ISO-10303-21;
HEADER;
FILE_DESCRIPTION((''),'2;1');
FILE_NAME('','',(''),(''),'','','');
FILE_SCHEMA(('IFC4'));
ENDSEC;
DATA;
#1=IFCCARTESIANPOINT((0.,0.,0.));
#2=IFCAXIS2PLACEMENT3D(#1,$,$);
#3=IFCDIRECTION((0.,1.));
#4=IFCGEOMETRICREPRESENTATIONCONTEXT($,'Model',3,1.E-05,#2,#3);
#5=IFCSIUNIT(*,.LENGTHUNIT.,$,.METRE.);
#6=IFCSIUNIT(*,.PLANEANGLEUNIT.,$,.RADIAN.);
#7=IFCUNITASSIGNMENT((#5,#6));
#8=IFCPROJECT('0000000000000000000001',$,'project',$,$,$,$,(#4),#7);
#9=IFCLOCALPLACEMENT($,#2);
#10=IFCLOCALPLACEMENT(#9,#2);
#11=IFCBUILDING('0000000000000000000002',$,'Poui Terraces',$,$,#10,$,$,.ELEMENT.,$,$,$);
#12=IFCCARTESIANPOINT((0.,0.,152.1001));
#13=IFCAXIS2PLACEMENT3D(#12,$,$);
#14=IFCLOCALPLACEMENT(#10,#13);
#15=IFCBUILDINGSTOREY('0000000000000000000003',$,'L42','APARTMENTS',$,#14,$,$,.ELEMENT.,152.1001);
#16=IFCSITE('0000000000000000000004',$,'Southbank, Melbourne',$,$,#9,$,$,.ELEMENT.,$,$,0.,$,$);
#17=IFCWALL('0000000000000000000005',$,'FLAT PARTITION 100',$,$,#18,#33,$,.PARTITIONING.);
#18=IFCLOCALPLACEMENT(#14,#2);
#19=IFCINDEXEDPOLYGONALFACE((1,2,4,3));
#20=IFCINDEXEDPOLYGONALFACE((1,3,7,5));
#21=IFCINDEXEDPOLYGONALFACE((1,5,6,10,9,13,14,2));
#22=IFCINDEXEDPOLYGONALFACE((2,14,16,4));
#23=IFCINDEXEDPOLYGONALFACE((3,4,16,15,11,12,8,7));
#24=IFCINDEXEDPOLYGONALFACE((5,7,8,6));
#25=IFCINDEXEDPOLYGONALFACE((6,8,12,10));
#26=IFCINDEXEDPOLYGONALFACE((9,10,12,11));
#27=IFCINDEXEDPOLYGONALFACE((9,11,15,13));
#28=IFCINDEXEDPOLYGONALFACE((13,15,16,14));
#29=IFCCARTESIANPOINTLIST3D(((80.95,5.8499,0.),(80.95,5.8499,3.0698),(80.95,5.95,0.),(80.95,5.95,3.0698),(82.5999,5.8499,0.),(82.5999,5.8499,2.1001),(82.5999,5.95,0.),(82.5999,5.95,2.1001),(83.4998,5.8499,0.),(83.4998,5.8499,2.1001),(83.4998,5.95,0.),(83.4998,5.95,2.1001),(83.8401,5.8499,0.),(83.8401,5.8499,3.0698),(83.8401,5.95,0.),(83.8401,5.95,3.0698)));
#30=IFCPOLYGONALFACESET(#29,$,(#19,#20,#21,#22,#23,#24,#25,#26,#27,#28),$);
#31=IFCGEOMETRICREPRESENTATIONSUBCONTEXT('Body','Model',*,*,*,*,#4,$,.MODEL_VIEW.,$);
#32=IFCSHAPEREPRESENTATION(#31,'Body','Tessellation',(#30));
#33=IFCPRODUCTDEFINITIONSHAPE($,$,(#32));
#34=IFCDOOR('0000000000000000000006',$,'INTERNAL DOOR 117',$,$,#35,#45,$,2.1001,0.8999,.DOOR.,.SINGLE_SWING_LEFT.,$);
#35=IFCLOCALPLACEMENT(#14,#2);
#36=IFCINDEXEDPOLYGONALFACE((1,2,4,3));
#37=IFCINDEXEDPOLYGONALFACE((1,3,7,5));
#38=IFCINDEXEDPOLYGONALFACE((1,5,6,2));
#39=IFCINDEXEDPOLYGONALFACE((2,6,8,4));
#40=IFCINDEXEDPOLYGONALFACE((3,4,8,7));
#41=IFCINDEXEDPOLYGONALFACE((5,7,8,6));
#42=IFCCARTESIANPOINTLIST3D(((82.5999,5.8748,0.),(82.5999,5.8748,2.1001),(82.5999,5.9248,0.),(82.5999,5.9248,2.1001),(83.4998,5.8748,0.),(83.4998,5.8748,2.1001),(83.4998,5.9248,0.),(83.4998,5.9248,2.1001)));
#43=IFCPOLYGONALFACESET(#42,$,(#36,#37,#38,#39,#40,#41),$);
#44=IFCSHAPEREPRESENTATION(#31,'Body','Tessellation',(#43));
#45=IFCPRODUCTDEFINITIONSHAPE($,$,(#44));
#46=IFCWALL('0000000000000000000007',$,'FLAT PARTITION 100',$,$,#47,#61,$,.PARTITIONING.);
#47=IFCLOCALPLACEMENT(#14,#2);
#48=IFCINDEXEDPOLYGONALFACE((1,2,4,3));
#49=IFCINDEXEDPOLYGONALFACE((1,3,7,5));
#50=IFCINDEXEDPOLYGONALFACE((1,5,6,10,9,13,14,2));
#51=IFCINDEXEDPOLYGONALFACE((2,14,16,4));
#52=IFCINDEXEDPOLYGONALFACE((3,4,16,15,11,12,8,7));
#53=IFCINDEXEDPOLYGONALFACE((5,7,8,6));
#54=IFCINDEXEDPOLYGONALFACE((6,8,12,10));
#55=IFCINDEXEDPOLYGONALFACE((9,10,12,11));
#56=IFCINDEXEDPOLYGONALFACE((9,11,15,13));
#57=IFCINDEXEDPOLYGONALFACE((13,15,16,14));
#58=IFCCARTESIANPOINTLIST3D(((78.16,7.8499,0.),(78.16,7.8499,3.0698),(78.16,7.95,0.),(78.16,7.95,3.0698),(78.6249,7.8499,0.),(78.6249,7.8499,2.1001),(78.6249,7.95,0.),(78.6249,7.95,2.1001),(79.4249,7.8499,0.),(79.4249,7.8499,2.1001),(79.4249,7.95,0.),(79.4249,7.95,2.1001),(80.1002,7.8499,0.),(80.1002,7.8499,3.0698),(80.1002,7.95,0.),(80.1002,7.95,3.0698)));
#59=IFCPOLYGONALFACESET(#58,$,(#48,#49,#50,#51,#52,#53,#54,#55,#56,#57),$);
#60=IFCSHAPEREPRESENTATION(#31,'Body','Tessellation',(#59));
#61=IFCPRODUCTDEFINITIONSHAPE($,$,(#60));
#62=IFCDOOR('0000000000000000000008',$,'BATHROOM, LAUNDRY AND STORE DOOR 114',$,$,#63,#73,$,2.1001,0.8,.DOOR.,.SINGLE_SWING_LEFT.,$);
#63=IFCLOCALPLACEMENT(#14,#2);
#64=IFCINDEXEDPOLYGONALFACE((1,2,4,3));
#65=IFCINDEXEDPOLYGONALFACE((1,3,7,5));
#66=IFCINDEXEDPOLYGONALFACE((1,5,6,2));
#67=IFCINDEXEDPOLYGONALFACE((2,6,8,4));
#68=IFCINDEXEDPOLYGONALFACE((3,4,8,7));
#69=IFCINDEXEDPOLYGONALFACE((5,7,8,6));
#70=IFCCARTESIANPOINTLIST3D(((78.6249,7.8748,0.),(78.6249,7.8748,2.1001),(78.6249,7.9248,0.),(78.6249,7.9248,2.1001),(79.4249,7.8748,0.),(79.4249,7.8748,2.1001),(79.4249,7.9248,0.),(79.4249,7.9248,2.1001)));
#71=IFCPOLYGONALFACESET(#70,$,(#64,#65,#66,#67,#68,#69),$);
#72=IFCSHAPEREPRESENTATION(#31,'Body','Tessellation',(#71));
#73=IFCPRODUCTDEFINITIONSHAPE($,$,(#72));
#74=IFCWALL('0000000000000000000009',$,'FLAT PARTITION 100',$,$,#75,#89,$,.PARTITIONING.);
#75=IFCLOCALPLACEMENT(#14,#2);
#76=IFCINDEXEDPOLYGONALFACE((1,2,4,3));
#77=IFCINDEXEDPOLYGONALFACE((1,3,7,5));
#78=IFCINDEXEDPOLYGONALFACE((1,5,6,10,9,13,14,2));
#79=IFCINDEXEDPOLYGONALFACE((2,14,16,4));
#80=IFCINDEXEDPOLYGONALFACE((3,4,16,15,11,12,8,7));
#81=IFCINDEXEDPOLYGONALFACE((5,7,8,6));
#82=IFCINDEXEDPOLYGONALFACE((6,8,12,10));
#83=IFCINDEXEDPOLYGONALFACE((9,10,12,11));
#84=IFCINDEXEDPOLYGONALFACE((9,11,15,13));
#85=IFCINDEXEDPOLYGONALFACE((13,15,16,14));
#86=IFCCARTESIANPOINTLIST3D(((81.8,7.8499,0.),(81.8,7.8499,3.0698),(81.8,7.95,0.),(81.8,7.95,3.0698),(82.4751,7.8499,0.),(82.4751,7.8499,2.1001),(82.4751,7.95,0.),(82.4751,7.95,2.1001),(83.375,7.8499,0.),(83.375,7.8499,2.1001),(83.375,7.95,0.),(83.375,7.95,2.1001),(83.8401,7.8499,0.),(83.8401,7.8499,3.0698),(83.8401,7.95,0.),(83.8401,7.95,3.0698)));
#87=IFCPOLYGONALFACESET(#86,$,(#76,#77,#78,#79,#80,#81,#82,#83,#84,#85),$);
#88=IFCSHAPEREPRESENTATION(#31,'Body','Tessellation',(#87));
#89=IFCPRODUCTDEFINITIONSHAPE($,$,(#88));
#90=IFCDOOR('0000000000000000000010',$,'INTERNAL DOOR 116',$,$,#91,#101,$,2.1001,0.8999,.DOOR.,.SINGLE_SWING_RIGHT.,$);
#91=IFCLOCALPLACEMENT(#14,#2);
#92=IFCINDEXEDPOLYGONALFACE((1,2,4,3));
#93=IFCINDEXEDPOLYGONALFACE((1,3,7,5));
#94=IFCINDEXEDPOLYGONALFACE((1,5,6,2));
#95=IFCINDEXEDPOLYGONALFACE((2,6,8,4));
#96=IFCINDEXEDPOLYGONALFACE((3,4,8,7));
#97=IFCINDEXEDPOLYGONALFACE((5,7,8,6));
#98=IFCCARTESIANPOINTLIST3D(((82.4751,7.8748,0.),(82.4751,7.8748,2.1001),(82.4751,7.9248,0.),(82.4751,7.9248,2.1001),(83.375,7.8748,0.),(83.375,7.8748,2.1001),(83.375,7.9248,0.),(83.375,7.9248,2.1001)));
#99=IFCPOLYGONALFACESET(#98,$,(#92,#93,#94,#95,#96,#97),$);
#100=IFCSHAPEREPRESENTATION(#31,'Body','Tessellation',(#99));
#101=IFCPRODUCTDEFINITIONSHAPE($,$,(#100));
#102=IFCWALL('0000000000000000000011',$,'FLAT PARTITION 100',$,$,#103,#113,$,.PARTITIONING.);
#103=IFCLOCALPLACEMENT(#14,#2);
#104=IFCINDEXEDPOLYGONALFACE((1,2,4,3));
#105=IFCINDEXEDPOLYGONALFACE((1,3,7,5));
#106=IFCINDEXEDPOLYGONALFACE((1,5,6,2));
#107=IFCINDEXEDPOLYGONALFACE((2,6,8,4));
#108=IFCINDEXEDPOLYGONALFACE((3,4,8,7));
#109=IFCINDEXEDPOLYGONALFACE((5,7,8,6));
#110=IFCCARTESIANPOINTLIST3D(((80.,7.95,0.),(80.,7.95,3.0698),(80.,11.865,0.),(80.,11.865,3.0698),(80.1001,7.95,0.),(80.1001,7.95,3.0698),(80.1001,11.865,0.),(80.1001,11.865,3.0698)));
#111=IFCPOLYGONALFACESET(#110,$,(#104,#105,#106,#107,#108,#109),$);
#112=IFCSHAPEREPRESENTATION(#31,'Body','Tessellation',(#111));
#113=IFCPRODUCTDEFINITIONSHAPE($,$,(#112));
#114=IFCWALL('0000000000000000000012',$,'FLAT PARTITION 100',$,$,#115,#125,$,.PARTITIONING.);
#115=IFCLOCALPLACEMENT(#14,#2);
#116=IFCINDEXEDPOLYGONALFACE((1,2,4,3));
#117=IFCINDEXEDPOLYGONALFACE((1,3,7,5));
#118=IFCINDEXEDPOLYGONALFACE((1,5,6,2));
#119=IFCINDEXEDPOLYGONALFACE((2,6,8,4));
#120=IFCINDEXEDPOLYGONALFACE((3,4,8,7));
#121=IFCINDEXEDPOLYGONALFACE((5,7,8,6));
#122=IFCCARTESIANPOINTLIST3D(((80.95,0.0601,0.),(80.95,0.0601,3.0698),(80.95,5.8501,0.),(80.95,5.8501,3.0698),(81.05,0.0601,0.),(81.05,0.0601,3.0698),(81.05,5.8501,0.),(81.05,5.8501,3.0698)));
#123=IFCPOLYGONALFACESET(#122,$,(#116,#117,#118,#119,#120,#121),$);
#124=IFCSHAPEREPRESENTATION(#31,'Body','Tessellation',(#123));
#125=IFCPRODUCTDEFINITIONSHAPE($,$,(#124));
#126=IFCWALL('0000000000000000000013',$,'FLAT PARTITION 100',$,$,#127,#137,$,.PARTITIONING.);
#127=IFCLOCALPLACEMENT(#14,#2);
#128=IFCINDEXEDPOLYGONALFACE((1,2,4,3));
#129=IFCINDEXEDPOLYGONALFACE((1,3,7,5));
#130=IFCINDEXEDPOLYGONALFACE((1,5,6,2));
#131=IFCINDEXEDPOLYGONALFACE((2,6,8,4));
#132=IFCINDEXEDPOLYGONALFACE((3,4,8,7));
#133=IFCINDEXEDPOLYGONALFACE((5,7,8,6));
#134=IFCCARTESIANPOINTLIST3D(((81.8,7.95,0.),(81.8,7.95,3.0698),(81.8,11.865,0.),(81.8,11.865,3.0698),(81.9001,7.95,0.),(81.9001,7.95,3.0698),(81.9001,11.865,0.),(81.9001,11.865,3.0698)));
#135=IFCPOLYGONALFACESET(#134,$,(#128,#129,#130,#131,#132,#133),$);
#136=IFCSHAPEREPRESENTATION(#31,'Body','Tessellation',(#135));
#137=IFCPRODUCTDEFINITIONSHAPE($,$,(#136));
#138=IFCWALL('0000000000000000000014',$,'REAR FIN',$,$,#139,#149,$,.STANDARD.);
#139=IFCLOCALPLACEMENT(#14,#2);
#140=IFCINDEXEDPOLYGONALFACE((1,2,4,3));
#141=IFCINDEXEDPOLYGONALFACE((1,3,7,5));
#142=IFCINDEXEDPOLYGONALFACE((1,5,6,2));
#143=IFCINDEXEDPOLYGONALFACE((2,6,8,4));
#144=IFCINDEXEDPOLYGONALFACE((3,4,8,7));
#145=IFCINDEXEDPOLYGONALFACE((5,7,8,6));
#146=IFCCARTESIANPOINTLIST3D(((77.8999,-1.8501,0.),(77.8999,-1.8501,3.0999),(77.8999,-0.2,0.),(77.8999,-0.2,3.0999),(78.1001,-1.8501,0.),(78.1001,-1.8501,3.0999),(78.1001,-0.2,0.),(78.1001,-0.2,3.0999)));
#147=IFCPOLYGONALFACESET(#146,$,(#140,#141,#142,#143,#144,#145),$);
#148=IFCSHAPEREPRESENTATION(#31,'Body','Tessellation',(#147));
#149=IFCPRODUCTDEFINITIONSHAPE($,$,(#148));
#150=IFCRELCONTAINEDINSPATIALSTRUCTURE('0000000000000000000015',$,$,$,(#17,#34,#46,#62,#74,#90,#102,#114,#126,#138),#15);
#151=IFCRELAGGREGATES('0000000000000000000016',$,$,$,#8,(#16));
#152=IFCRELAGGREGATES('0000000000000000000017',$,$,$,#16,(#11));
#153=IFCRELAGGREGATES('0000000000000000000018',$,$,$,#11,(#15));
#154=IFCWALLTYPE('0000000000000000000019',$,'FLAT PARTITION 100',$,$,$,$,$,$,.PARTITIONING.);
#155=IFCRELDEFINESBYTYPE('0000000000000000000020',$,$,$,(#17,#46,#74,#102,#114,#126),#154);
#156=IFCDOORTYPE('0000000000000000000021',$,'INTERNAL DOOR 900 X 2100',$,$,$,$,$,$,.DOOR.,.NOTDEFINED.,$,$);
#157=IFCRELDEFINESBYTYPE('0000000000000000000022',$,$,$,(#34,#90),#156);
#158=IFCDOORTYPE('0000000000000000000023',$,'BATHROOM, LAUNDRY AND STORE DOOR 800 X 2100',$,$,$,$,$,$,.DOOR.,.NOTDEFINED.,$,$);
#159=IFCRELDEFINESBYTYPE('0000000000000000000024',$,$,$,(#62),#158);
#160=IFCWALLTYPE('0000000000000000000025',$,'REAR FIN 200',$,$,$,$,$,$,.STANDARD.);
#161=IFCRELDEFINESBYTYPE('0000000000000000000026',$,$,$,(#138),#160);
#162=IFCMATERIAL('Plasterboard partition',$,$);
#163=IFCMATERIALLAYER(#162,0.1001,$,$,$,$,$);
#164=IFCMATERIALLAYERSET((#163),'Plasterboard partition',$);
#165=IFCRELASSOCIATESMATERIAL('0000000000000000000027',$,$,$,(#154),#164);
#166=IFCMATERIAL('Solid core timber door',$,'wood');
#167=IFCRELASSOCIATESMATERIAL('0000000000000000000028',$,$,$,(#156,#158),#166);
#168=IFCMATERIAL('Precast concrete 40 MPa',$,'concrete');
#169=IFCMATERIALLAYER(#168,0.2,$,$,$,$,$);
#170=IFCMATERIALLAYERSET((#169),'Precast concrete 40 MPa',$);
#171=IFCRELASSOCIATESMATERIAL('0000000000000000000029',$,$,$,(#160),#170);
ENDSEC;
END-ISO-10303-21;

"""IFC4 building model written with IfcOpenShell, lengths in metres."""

from ifc_helpers import new_model, si_unit, direction, frame, frame_2d, origin, place, context, subcontext, project, spatial, polyline, rectangle, outline, extrude, source, transform, mapped, material, layer, layer_set, type_object, element, fill, save


model = new_model("IFC4")

# Units and contexts
model_context = context("Model", 3, precision=1e-05, world=origin(), true_north=direction((0.0, 1.0)))
body_context = subcontext(model_context, "Body", "Model", "MODEL_VIEW")
ifc_project = project(units=[si_unit("LENGTHUNIT", "METRE"), si_unit("PLANEANGLEUNIT", "RADIAN")], contexts=[model_context])

# Site, building, storey
site_placement = place(None, origin())
site = spatial("IfcSite", under=ifc_project, at=site_placement, Name="Southbank, Melbourne", CompositionType="ELEMENT", RefElevation=0.0)
building_placement = place(site_placement, origin())
building = spatial("IfcBuilding", under=site, at=building_placement, Name="Poui Terraces", CompositionType="ELEMENT")
storey_placement = place(building_placement, frame((0.0, 0.0, 152.1001)))
storey = spatial("IfcBuildingStorey", under=building, at=storey_placement, Name="L42", Description="APARTMENTS", CompositionType="ELEMENT", Elevation=152.1001)

# Walls, openings, doors
ifc_material_1 = material(Name="Plasterboard partition")
ifc_layer_1 = layer(ifc_material_1, 0.1001)
ifc_layer_set_1 = layer_set([ifc_layer_1], Name="Plasterboard partition")
wall_type_1 = type_object("IfcWallType", Name="FLAT PARTITION 100", PredefinedType="PARTITIONING", material=ifc_layer_set_1)
wall_1_placement = place(storey_placement, frame((80.95, 5.8999, 0.0), z_axis=(0.0, 0.0, 1.0), x_axis=(1.0, 0.0, 0.0)))
wall_1 = element("IfcWall", 1, at=wall_1_placement, inside=storey, type_object=wall_type_1, Name="FLAT PARTITION 100", PredefinedType="PARTITIONING", context=body_context, shape_type="SweptSolid", body=[
    extrude(rectangle(XDim=2.8901, YDim=0.1001, at=frame_2d((1.4451, 0.0))), origin(), (0.0, 0.0, 1.0), 3.0698),
])
opening_1_placement = place(wall_1_placement, frame((1.6499, 0.0, 0.0)))
opening_1 = element("IfcOpeningElement", 2, at=opening_1_placement, cuts=wall_1, PredefinedType="OPENING", context=body_context, shape_type="SweptSolid", body=[
    extrude(rectangle(XDim=0.8999, YDim=2.1001, at=frame_2d((0.45, 1.05))), frame((0.0, 0.0601, 0.0), z_axis=(0.0, -1.0, 0.0), x_axis=(1.0, 0.0, 0.0)), (0.0, 0.0, 1.0), 0.1201),
])
ifc_material_2 = material(Name="Solid core timber door", Category="wood")
door_type_1 = type_object("IfcDoorType", Name="INTERNAL DOOR 900 X 2100", OperationType="NOTDEFINED", PredefinedType="DOOR", material=ifc_material_2)
door_1_placement = place(opening_1_placement, origin())
door_1 = element("IfcDoor", 3, at=door_1_placement, inside=storey, type_object=door_type_1, Name="INTERNAL DOOR 117", OperationType="SINGLE_SWING_LEFT", OverallHeight=2.1001, OverallWidth=0.8999, PredefinedType="DOOR", context=body_context, shape_type="SweptSolid", body=[
    extrude(rectangle(XDim=0.8999, YDim=2.1001, at=frame_2d((0.45, 1.05))), frame((0.0, 0.0249, 0.0), z_axis=(0.0, -1.0, 0.0), x_axis=(1.0, 0.0, 0.0)), (0.0, 0.0, 1.0), 0.05),
])
fill(opening_1, door_1)
wall_2_placement = place(storey_placement, frame((78.1599, 7.8999, 0.0), z_axis=(0.0, 0.0, 1.0), x_axis=(1.0, 0.0, 0.0)))
wall_2 = element("IfcWall", 4, at=wall_2_placement, inside=storey, type_object=wall_type_1, Name="FLAT PARTITION 100", PredefinedType="PARTITIONING", context=body_context, shape_type="SweptSolid", body=[
    extrude(rectangle(XDim=1.9402, YDim=0.1001, at=frame_2d((0.9702, 0.0))), origin(), (0.0, 0.0, 1.0), 3.0698),
])
opening_2_placement = place(wall_2_placement, frame((0.4651, 0.0, 0.0)))
opening_2 = element("IfcOpeningElement", 5, at=opening_2_placement, cuts=wall_2, PredefinedType="OPENING", context=body_context, shape_type="SweptSolid", body=[
    extrude(rectangle(XDim=0.8, YDim=2.1001, at=frame_2d((0.3999, 1.05))), frame((0.0, 0.0601, 0.0), z_axis=(0.0, -1.0, 0.0), x_axis=(1.0, 0.0, 0.0)), (0.0, 0.0, 1.0), 0.1201),
])
door_type_2 = type_object("IfcDoorType", Name="BATHROOM, LAUNDRY AND STORE DOOR 800 X 2100", OperationType="NOTDEFINED", PredefinedType="DOOR", material=ifc_material_2)
door_2_placement = place(opening_2_placement, origin())
door_2 = element("IfcDoor", 6, at=door_2_placement, inside=storey, type_object=door_type_2, Name="BATHROOM, LAUNDRY AND STORE DOOR 114", OperationType="SINGLE_SWING_LEFT", OverallHeight=2.1001, OverallWidth=0.8, PredefinedType="DOOR", context=body_context, shape_type="SweptSolid", body=[
    extrude(rectangle(XDim=0.8, YDim=2.1001, at=frame_2d((0.3999, 1.05))), frame((0.0, 0.0249, 0.0), z_axis=(0.0, -1.0, 0.0), x_axis=(1.0, 0.0, 0.0)), (0.0, 0.0, 1.0), 0.05),
])
fill(opening_2, door_2)
wall_3_placement = place(storey_placement, frame((81.8, 7.8999, 0.0), z_axis=(0.0, 0.0, 1.0), x_axis=(1.0, 0.0, 0.0)))
wall_3 = element("IfcWall", 7, at=wall_3_placement, inside=storey, type_object=wall_type_1, Name="FLAT PARTITION 100", PredefinedType="PARTITIONING", context=body_context, shape_type="SweptSolid", body=[
    extrude(rectangle(XDim=2.04, YDim=0.1001, at=frame_2d((1.02, 0.0))), origin(), (0.0, 0.0, 1.0), 3.0698),
])
opening_3_placement = place(wall_3_placement, frame((0.675, 0.0, 0.0)))
opening_3 = element("IfcOpeningElement", 8, at=opening_3_placement, cuts=wall_3, PredefinedType="OPENING", context=body_context, shape_type="SweptSolid", body=[
    extrude(rectangle(XDim=0.8999, YDim=2.1001, at=frame_2d((0.45, 1.05))), frame((0.0, 0.0601, 0.0), z_axis=(0.0, -1.0, 0.0), x_axis=(1.0, 0.0, 0.0)), (0.0, 0.0, 1.0), 0.1201),
])
door_3_placement = place(opening_3_placement, origin())
door_3 = element("IfcDoor", 9, at=door_3_placement, inside=storey, type_object=door_type_1, Name="INTERNAL DOOR 116", OperationType="SINGLE_SWING_RIGHT", OverallHeight=2.1001, OverallWidth=0.8999, PredefinedType="DOOR", context=body_context, shape_type="SweptSolid", body=[
    extrude(rectangle(XDim=0.8999, YDim=2.1001, at=frame_2d((0.45, 1.05))), frame((0.0, 0.0249, 0.0), z_axis=(0.0, -1.0, 0.0), x_axis=(1.0, 0.0, 0.0)), (0.0, 0.0, 1.0), 0.05),
])
fill(opening_3, door_3)

# Walls
wall_4_placement = place(storey_placement, frame((80.05, 7.95, 0.0), z_axis=(0.0, 0.0, 1.0), x_axis=(0.0, 1.0, 0.0)))
element("IfcWall", 10, at=wall_4_placement, inside=storey, type_object=wall_type_1, Name="FLAT PARTITION 100", PredefinedType="PARTITIONING", context=body_context, shape_type="SweptSolid", body=[
    extrude(rectangle(XDim=3.915, YDim=0.1001, at=frame_2d((1.9575, 0.0))), origin(), (0.0, 0.0, 1.0), 3.0698),
])
wall_5_placement = place(storey_placement, frame((81.0, 0.0601, 0.0), z_axis=(0.0, 0.0, 1.0), x_axis=(0.0, 1.0, 0.0)))
element("IfcWall", 11, at=wall_5_placement, inside=storey, type_object=wall_type_1, Name="FLAT PARTITION 100", PredefinedType="PARTITIONING", context=body_context, shape_type="SweptSolid", body=[
    extrude(rectangle(XDim=5.79, YDim=0.1001, at=frame_2d((2.895, 0.0))), origin(), (0.0, 0.0, 1.0), 3.0698),
])
wall_6_placement = place(storey_placement, frame((81.8501, 7.95, 0.0), z_axis=(0.0, 0.0, 1.0), x_axis=(0.0, 1.0, 0.0)))
element("IfcWall", 12, at=wall_6_placement, inside=storey, type_object=wall_type_1, Name="FLAT PARTITION 100", PredefinedType="PARTITIONING", context=body_context, shape_type="SweptSolid", body=[
    extrude(rectangle(XDim=3.915, YDim=0.1001, at=frame_2d((1.9575, 0.0))), origin(), (0.0, 0.0, 1.0), 3.0698),
])
ifc_material_3 = material(Name="Precast concrete 40 MPa", Category="concrete")
ifc_layer_2 = layer(ifc_material_3, 0.2)
ifc_layer_set_2 = layer_set([ifc_layer_2], Name="Precast concrete 40 MPa")
wall_type_2 = type_object("IfcWallType", Name="REAR FIN 200", PredefinedType="STANDARD", material=ifc_layer_set_2)
shared_shape = source(origin(), body_context, "Body", "SweptSolid", [
    extrude(outline(polyline([(0.0, 0.0), (0.2002, 0.0), (0.2002, 1.6501), (0.0, 1.6501), (0.0, 0.0)])), origin(), (0.0, 0.0, 1.0), 3.0999),
])
wall_7_placement = place(storey_placement, frame((77.8999, -1.8501, 0.0)))
element("IfcWall", 13, at=wall_7_placement, inside=storey, type_object=wall_type_2, Name="REAR FIN", PredefinedType="STANDARD", context=body_context, shape_type="MappedRepresentation", body=[
    mapped(shared_shape, transform((0.0, 0.0, 0.0))),
])

save(model, "model.ifc")
